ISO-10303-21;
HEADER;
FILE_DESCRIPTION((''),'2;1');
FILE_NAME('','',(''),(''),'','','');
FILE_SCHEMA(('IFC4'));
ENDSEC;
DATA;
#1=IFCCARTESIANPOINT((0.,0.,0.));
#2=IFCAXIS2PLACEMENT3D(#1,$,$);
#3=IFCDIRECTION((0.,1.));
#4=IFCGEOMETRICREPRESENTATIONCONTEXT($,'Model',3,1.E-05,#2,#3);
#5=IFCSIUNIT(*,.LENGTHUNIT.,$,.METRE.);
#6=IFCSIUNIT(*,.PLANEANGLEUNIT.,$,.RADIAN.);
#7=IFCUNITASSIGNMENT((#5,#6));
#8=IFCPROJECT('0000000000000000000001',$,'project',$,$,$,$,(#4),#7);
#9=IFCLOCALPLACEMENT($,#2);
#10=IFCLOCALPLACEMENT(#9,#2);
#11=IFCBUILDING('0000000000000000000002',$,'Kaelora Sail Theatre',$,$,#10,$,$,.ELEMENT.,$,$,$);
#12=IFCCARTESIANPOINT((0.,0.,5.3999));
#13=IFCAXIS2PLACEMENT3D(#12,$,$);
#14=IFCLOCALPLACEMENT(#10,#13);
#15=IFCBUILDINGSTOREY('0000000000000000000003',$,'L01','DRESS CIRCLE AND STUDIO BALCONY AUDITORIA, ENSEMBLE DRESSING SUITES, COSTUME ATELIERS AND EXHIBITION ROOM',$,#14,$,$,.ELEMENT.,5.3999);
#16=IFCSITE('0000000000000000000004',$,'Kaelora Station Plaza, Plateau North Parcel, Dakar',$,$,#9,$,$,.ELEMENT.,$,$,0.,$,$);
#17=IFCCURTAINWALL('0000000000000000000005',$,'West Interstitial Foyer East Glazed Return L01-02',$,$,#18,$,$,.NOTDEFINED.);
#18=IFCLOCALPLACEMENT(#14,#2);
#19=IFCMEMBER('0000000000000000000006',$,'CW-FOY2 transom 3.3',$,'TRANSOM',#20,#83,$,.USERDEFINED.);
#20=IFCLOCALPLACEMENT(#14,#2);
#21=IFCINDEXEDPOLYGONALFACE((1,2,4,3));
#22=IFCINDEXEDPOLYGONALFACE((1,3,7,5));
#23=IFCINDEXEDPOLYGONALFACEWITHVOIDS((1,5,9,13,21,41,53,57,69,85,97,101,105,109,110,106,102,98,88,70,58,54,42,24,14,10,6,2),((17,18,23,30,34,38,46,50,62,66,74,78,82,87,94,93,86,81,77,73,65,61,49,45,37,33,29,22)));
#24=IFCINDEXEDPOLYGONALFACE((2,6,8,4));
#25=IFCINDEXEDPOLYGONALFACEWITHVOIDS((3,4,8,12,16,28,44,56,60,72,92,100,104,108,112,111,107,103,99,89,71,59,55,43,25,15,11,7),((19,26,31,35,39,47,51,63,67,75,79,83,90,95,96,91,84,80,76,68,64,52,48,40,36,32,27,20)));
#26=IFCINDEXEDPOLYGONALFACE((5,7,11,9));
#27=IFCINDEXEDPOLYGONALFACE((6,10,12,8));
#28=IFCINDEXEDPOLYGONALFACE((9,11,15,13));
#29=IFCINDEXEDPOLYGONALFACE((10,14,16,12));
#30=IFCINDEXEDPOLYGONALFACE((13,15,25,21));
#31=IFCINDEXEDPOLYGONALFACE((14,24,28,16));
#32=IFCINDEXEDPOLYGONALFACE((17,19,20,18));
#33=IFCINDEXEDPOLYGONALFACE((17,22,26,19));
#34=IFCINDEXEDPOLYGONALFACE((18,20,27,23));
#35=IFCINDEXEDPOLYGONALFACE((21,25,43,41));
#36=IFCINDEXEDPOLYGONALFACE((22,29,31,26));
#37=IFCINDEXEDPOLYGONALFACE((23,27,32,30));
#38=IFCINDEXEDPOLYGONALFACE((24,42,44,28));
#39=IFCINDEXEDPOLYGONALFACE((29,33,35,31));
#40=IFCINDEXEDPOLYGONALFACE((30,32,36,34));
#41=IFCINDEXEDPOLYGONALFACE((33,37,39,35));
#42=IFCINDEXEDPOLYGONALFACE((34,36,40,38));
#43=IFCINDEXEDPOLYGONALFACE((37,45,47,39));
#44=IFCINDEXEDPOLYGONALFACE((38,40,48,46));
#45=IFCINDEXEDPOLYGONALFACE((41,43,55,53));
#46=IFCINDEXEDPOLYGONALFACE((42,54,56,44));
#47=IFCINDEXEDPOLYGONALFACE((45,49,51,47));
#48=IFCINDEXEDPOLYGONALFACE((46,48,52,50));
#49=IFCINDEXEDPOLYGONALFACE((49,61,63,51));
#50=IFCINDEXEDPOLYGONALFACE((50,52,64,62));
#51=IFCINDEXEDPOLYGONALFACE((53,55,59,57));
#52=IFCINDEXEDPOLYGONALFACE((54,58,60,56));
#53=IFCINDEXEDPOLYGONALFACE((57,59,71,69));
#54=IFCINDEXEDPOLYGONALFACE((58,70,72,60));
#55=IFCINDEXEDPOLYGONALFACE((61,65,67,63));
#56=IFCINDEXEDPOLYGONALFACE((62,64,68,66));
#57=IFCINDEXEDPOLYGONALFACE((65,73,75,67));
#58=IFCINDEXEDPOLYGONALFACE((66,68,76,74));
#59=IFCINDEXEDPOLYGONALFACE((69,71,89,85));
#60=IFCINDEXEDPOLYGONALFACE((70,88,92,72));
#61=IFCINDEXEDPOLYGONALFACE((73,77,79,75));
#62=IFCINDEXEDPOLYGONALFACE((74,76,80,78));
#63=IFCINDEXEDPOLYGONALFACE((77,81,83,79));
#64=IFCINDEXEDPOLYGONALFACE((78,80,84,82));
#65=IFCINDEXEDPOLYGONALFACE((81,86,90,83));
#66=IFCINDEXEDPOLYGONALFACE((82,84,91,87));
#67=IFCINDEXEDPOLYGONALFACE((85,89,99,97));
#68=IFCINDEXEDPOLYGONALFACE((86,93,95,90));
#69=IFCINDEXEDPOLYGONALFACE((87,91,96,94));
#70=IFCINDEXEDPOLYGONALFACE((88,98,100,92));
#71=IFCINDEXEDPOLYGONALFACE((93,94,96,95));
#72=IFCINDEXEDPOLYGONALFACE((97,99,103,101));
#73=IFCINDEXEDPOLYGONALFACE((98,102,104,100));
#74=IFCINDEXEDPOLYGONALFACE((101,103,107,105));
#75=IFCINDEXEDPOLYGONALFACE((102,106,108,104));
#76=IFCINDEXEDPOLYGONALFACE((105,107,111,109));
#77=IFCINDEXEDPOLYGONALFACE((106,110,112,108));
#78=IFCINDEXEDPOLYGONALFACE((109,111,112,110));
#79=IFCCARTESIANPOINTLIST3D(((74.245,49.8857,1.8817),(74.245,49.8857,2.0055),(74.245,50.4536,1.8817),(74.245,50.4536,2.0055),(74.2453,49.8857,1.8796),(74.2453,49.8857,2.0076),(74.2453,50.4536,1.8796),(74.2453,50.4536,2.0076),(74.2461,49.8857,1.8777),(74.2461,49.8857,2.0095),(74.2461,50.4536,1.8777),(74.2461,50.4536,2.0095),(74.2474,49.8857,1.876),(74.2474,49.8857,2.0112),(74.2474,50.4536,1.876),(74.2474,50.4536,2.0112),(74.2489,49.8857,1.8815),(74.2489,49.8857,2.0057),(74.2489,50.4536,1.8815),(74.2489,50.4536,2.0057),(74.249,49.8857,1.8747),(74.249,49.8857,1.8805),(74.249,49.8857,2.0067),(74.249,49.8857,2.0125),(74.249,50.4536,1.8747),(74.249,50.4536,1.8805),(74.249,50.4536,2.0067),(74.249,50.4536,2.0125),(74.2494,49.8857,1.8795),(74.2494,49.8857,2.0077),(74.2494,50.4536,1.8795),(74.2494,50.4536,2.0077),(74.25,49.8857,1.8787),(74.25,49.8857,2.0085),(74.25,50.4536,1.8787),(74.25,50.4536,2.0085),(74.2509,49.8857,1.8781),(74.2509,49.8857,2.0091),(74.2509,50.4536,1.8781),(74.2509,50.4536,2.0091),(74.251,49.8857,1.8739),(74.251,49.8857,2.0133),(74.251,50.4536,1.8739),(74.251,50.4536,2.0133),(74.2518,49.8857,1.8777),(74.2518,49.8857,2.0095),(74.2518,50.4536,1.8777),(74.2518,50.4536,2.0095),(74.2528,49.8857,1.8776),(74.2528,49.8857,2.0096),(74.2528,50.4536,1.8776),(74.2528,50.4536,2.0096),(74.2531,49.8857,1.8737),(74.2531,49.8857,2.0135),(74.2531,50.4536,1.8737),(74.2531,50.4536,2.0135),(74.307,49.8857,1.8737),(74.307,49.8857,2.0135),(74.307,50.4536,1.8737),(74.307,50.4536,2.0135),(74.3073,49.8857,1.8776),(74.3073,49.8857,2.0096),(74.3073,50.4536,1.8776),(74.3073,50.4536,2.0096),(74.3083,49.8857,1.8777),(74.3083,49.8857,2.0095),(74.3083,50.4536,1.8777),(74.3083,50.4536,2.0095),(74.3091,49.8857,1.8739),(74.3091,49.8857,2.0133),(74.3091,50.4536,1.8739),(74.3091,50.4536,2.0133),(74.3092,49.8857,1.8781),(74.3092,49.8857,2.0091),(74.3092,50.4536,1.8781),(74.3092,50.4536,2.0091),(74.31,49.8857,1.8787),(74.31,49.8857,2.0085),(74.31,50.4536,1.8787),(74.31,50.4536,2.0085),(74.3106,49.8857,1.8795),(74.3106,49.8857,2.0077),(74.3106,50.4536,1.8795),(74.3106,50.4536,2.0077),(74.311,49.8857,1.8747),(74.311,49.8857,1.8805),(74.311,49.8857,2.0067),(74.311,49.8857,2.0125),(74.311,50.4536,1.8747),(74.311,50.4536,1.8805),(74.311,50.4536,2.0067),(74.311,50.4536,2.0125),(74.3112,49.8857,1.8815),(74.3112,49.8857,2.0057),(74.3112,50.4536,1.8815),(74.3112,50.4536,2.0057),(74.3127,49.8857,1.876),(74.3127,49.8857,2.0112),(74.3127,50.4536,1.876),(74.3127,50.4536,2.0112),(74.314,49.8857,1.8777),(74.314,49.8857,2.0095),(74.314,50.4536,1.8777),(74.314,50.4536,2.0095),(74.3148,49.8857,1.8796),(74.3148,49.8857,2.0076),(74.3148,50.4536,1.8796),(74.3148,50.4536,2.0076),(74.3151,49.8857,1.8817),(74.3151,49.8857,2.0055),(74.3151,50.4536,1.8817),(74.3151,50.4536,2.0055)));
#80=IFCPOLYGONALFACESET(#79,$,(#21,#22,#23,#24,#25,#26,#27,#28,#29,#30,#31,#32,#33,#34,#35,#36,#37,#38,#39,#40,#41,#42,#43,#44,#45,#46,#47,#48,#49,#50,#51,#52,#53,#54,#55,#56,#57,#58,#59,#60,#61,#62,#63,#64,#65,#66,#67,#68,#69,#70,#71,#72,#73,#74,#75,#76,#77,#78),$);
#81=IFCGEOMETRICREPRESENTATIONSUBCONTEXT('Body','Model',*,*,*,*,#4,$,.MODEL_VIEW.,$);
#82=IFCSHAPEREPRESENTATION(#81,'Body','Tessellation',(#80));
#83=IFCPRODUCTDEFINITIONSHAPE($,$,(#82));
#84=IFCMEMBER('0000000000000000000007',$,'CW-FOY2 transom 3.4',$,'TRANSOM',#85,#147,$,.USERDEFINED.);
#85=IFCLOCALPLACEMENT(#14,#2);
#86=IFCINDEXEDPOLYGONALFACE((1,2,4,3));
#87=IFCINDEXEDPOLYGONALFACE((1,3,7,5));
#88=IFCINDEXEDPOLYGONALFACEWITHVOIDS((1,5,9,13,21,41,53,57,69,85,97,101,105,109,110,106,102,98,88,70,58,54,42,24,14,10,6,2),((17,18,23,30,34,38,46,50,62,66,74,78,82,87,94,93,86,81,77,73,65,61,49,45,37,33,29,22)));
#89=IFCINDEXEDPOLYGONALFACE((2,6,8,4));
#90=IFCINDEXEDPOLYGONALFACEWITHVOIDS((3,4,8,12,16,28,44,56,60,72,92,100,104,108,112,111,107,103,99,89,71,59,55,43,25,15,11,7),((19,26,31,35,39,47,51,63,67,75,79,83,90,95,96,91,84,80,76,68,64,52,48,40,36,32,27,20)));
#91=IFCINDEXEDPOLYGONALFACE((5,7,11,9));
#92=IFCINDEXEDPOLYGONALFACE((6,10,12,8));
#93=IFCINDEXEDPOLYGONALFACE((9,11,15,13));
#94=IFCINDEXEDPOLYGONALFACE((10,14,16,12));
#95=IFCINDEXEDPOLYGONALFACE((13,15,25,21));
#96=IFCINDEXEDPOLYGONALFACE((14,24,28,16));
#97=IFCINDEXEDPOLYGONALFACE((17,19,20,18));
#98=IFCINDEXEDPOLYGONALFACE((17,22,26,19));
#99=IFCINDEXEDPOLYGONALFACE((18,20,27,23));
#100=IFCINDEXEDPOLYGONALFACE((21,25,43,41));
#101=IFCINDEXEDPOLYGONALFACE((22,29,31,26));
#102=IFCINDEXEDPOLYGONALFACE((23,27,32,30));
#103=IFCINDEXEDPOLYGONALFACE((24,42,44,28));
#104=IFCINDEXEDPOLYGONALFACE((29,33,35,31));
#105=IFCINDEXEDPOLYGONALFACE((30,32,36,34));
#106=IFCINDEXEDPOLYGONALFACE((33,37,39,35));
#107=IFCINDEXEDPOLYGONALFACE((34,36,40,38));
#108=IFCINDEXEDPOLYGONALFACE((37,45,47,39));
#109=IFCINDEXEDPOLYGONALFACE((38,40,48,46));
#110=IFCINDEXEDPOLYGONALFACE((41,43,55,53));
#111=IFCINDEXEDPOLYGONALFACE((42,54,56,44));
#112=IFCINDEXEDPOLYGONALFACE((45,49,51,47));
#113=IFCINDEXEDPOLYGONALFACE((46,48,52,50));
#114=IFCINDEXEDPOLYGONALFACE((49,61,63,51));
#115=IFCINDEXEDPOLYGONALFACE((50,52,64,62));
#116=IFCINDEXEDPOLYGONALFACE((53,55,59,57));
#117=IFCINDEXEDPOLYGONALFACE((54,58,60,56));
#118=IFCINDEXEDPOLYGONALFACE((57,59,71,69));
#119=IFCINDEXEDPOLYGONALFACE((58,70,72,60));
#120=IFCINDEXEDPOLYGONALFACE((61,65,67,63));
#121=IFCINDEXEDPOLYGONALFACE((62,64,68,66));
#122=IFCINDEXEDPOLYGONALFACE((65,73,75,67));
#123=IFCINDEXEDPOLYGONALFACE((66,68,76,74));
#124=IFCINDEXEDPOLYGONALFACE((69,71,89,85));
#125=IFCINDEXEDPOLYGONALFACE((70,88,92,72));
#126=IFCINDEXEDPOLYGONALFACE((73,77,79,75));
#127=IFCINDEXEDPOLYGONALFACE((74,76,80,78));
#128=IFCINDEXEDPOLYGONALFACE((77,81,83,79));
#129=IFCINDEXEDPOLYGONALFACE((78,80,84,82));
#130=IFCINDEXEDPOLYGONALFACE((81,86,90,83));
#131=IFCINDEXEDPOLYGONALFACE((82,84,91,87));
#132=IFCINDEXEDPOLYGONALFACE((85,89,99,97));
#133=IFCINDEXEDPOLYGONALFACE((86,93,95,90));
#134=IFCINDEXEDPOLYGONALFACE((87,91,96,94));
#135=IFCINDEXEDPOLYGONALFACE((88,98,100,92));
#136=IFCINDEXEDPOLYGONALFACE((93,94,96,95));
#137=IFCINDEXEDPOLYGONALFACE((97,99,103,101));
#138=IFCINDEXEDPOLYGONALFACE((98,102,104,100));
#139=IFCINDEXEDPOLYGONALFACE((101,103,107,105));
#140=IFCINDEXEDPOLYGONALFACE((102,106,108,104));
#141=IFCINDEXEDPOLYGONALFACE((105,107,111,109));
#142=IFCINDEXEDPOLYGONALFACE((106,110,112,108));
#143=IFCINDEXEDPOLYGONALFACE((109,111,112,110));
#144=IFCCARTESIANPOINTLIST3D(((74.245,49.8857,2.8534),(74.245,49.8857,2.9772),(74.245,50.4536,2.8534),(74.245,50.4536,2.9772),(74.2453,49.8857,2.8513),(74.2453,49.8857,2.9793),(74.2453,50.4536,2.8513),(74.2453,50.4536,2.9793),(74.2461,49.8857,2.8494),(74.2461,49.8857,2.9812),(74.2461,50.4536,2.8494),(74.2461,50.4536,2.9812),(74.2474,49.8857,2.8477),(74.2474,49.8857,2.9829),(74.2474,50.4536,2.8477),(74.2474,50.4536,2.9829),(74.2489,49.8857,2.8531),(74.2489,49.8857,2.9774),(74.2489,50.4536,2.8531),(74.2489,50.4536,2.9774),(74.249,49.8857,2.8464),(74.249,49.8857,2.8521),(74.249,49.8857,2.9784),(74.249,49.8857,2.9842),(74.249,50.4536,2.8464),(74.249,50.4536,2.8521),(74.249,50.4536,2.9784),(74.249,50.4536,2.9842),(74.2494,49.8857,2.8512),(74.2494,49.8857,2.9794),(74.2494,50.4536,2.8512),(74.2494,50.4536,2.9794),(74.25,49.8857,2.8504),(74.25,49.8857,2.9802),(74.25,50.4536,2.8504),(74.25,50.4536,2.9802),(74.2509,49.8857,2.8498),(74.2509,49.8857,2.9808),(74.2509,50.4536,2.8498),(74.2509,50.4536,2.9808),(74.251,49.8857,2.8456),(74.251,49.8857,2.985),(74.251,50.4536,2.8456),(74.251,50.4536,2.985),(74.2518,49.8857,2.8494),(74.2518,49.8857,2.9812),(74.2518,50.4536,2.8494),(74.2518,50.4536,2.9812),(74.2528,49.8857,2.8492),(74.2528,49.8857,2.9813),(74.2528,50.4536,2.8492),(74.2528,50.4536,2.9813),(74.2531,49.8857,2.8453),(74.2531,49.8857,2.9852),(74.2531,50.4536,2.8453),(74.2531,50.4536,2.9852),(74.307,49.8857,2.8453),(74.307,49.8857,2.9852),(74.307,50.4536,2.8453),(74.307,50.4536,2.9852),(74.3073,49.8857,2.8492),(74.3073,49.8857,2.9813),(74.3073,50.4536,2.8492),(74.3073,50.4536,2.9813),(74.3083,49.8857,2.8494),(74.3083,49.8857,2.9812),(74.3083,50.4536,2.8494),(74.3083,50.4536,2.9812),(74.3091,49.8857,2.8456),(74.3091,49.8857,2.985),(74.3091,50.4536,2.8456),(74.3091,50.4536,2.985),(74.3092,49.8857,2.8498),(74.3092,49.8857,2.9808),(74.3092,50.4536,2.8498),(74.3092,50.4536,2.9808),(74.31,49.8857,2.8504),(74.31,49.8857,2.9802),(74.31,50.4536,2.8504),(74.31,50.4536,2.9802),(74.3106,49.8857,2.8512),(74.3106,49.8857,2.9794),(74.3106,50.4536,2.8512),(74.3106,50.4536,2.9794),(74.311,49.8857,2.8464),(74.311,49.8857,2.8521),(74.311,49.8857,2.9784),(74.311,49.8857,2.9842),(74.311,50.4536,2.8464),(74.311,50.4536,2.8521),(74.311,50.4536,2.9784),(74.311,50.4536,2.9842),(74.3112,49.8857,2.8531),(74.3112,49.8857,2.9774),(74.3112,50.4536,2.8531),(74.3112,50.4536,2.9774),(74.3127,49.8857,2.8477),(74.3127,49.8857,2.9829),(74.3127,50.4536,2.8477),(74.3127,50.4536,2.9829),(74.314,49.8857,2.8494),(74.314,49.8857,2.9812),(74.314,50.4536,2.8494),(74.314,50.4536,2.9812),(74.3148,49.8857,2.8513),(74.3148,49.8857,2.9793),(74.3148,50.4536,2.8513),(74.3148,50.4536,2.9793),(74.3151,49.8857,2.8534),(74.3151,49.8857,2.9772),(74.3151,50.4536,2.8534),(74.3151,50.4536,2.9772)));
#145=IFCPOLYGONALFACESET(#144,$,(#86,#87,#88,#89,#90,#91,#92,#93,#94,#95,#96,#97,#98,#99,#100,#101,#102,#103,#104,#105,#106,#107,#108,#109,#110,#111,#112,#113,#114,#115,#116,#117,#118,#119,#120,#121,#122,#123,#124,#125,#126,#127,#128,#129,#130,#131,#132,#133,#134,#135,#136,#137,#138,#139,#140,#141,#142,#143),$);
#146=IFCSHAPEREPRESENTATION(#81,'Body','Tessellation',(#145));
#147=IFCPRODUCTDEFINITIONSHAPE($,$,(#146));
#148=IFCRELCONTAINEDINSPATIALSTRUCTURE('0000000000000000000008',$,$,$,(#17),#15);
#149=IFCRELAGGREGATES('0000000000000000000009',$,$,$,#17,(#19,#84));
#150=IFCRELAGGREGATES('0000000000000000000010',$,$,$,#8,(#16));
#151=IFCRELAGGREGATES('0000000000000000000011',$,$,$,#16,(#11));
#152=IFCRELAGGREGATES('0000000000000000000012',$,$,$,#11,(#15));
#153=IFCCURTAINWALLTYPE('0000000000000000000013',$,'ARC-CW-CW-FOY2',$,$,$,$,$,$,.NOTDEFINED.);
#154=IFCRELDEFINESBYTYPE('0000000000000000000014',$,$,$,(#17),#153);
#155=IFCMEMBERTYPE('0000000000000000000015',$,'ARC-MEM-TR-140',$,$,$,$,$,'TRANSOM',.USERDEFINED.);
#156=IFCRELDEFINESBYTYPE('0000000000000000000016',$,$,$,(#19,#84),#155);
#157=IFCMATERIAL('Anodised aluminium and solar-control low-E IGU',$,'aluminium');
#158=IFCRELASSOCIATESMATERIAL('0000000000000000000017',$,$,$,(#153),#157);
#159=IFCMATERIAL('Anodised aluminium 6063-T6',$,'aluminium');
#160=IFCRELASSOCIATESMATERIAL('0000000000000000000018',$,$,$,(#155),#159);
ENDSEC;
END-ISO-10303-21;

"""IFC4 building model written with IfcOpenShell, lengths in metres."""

from ifc_helpers import new_model, si_unit, direction, frame, origin, origin_2d, place, context, subcontext, project, spatial, hollow_rectangle, extrude, material, material_profile, profile_set, type_object, element, aggregate, save


model = new_model("IFC4")

# Units and contexts
model_context = context("Model", 3, precision=1e-05, world=origin(), true_north=direction((0.0, 1.0)))
body_context = subcontext(model_context, "Body", "Model", "MODEL_VIEW")
ifc_project = project(units=[si_unit("LENGTHUNIT", "METRE"), si_unit("PLANEANGLEUNIT", "RADIAN")], contexts=[model_context])

# Site, building, storey
site_placement = place(None, origin())
site = spatial("IfcSite", under=ifc_project, at=site_placement, Name="Kaelora Station Plaza, Plateau North Parcel, Dakar", CompositionType="ELEMENT", RefElevation=0.0)
building_placement = place(site_placement, origin())
building = spatial("IfcBuilding", under=site, at=building_placement, Name="Kaelora Sail Theatre", CompositionType="ELEMENT")
storey_placement = place(building_placement, frame((0.0, 0.0, 5.3999)))
storey = spatial("IfcBuildingStorey", under=building, at=storey_placement, Name="L01", Description="DRESS CIRCLE AND STUDIO BALCONY AUDITORIA, ENSEMBLE DRESSING SUITES, COSTUME ATELIERS AND EXHIBITION ROOM", CompositionType="ELEMENT", Elevation=5.3999)

# Curtain wall, members
ifc_material_1 = material(Name="Anodised aluminium and solar-control low-E IGU", Category="aluminium")
curtain_wall_type = type_object("IfcCurtainWallType", Name="ARC-CW-CW-FOY2", PredefinedType="NOTDEFINED", material=ifc_material_1)
curtain_wall_1_placement = place(storey_placement, origin())
curtain_wall_1 = element("IfcCurtainWall", 1, at=curtain_wall_1_placement, inside=storey, type_object=curtain_wall_type, Name="West Interstitial Foyer East Glazed Return L01-02", PredefinedType="NOTDEFINED")
ifc_material_2 = material(Name="Anodised aluminium 6063-T6", Category="aluminium")
ifc_material_profile = material_profile(ifc_material_2, hollow_rectangle(XDim=0.0701, YDim=0.1399, WallThickness=0.0039, InnerFilletRadius=0.0039, OuterFilletRadius=0.0081, at=origin_2d()), Name="ALU-TRAN 70x140x4")
ifc_profile_set = profile_set([ifc_material_profile], Name="Anodised aluminium 6063-T6")
member_type = type_object("IfcMemberType", Name="ARC-MEM-TR-140", ElementType="TRANSOM", PredefinedType="USERDEFINED", material=ifc_profile_set)
member_1_placement = place(storey_placement, frame((74.28, 49.8857, 1.9436), z_axis=(0.0, 1.0, 0.0), x_axis=(-1.0, 0.0, 0.0)))
member_1 = element("IfcMember", 2, at=member_1_placement, type_object=member_type, Name="CW-FOY2 transom 3.3", ObjectType="TRANSOM", PredefinedType="USERDEFINED", context=body_context, shape_type="SweptSolid", body=[
    extrude(hollow_rectangle(XDim=0.0701, YDim=0.1399, WallThickness=0.0039, InnerFilletRadius=0.0039, OuterFilletRadius=0.0081, at=origin_2d()), origin(), (0.0, 0.0, 1.0), 0.5679),
])
member_2_placement = place(storey_placement, frame((74.28, 49.8857, 2.9153), z_axis=(0.0, 1.0, 0.0), x_axis=(-1.0, 0.0, 0.0)))
member_2 = element("IfcMember", 3, at=member_2_placement, type_object=member_type, Name="CW-FOY2 transom 3.4", ObjectType="TRANSOM", PredefinedType="USERDEFINED", context=body_context, shape_type="SweptSolid", body=[
    extrude(hollow_rectangle(XDim=0.0701, YDim=0.1399, WallThickness=0.0039, InnerFilletRadius=0.0039, OuterFilletRadius=0.0081, at=origin_2d()), origin(), (0.0, 0.0, 1.0), 0.5679),
])

aggregate(curtain_wall_1, [member_1, member_2])

save(model, "model.ifc")
